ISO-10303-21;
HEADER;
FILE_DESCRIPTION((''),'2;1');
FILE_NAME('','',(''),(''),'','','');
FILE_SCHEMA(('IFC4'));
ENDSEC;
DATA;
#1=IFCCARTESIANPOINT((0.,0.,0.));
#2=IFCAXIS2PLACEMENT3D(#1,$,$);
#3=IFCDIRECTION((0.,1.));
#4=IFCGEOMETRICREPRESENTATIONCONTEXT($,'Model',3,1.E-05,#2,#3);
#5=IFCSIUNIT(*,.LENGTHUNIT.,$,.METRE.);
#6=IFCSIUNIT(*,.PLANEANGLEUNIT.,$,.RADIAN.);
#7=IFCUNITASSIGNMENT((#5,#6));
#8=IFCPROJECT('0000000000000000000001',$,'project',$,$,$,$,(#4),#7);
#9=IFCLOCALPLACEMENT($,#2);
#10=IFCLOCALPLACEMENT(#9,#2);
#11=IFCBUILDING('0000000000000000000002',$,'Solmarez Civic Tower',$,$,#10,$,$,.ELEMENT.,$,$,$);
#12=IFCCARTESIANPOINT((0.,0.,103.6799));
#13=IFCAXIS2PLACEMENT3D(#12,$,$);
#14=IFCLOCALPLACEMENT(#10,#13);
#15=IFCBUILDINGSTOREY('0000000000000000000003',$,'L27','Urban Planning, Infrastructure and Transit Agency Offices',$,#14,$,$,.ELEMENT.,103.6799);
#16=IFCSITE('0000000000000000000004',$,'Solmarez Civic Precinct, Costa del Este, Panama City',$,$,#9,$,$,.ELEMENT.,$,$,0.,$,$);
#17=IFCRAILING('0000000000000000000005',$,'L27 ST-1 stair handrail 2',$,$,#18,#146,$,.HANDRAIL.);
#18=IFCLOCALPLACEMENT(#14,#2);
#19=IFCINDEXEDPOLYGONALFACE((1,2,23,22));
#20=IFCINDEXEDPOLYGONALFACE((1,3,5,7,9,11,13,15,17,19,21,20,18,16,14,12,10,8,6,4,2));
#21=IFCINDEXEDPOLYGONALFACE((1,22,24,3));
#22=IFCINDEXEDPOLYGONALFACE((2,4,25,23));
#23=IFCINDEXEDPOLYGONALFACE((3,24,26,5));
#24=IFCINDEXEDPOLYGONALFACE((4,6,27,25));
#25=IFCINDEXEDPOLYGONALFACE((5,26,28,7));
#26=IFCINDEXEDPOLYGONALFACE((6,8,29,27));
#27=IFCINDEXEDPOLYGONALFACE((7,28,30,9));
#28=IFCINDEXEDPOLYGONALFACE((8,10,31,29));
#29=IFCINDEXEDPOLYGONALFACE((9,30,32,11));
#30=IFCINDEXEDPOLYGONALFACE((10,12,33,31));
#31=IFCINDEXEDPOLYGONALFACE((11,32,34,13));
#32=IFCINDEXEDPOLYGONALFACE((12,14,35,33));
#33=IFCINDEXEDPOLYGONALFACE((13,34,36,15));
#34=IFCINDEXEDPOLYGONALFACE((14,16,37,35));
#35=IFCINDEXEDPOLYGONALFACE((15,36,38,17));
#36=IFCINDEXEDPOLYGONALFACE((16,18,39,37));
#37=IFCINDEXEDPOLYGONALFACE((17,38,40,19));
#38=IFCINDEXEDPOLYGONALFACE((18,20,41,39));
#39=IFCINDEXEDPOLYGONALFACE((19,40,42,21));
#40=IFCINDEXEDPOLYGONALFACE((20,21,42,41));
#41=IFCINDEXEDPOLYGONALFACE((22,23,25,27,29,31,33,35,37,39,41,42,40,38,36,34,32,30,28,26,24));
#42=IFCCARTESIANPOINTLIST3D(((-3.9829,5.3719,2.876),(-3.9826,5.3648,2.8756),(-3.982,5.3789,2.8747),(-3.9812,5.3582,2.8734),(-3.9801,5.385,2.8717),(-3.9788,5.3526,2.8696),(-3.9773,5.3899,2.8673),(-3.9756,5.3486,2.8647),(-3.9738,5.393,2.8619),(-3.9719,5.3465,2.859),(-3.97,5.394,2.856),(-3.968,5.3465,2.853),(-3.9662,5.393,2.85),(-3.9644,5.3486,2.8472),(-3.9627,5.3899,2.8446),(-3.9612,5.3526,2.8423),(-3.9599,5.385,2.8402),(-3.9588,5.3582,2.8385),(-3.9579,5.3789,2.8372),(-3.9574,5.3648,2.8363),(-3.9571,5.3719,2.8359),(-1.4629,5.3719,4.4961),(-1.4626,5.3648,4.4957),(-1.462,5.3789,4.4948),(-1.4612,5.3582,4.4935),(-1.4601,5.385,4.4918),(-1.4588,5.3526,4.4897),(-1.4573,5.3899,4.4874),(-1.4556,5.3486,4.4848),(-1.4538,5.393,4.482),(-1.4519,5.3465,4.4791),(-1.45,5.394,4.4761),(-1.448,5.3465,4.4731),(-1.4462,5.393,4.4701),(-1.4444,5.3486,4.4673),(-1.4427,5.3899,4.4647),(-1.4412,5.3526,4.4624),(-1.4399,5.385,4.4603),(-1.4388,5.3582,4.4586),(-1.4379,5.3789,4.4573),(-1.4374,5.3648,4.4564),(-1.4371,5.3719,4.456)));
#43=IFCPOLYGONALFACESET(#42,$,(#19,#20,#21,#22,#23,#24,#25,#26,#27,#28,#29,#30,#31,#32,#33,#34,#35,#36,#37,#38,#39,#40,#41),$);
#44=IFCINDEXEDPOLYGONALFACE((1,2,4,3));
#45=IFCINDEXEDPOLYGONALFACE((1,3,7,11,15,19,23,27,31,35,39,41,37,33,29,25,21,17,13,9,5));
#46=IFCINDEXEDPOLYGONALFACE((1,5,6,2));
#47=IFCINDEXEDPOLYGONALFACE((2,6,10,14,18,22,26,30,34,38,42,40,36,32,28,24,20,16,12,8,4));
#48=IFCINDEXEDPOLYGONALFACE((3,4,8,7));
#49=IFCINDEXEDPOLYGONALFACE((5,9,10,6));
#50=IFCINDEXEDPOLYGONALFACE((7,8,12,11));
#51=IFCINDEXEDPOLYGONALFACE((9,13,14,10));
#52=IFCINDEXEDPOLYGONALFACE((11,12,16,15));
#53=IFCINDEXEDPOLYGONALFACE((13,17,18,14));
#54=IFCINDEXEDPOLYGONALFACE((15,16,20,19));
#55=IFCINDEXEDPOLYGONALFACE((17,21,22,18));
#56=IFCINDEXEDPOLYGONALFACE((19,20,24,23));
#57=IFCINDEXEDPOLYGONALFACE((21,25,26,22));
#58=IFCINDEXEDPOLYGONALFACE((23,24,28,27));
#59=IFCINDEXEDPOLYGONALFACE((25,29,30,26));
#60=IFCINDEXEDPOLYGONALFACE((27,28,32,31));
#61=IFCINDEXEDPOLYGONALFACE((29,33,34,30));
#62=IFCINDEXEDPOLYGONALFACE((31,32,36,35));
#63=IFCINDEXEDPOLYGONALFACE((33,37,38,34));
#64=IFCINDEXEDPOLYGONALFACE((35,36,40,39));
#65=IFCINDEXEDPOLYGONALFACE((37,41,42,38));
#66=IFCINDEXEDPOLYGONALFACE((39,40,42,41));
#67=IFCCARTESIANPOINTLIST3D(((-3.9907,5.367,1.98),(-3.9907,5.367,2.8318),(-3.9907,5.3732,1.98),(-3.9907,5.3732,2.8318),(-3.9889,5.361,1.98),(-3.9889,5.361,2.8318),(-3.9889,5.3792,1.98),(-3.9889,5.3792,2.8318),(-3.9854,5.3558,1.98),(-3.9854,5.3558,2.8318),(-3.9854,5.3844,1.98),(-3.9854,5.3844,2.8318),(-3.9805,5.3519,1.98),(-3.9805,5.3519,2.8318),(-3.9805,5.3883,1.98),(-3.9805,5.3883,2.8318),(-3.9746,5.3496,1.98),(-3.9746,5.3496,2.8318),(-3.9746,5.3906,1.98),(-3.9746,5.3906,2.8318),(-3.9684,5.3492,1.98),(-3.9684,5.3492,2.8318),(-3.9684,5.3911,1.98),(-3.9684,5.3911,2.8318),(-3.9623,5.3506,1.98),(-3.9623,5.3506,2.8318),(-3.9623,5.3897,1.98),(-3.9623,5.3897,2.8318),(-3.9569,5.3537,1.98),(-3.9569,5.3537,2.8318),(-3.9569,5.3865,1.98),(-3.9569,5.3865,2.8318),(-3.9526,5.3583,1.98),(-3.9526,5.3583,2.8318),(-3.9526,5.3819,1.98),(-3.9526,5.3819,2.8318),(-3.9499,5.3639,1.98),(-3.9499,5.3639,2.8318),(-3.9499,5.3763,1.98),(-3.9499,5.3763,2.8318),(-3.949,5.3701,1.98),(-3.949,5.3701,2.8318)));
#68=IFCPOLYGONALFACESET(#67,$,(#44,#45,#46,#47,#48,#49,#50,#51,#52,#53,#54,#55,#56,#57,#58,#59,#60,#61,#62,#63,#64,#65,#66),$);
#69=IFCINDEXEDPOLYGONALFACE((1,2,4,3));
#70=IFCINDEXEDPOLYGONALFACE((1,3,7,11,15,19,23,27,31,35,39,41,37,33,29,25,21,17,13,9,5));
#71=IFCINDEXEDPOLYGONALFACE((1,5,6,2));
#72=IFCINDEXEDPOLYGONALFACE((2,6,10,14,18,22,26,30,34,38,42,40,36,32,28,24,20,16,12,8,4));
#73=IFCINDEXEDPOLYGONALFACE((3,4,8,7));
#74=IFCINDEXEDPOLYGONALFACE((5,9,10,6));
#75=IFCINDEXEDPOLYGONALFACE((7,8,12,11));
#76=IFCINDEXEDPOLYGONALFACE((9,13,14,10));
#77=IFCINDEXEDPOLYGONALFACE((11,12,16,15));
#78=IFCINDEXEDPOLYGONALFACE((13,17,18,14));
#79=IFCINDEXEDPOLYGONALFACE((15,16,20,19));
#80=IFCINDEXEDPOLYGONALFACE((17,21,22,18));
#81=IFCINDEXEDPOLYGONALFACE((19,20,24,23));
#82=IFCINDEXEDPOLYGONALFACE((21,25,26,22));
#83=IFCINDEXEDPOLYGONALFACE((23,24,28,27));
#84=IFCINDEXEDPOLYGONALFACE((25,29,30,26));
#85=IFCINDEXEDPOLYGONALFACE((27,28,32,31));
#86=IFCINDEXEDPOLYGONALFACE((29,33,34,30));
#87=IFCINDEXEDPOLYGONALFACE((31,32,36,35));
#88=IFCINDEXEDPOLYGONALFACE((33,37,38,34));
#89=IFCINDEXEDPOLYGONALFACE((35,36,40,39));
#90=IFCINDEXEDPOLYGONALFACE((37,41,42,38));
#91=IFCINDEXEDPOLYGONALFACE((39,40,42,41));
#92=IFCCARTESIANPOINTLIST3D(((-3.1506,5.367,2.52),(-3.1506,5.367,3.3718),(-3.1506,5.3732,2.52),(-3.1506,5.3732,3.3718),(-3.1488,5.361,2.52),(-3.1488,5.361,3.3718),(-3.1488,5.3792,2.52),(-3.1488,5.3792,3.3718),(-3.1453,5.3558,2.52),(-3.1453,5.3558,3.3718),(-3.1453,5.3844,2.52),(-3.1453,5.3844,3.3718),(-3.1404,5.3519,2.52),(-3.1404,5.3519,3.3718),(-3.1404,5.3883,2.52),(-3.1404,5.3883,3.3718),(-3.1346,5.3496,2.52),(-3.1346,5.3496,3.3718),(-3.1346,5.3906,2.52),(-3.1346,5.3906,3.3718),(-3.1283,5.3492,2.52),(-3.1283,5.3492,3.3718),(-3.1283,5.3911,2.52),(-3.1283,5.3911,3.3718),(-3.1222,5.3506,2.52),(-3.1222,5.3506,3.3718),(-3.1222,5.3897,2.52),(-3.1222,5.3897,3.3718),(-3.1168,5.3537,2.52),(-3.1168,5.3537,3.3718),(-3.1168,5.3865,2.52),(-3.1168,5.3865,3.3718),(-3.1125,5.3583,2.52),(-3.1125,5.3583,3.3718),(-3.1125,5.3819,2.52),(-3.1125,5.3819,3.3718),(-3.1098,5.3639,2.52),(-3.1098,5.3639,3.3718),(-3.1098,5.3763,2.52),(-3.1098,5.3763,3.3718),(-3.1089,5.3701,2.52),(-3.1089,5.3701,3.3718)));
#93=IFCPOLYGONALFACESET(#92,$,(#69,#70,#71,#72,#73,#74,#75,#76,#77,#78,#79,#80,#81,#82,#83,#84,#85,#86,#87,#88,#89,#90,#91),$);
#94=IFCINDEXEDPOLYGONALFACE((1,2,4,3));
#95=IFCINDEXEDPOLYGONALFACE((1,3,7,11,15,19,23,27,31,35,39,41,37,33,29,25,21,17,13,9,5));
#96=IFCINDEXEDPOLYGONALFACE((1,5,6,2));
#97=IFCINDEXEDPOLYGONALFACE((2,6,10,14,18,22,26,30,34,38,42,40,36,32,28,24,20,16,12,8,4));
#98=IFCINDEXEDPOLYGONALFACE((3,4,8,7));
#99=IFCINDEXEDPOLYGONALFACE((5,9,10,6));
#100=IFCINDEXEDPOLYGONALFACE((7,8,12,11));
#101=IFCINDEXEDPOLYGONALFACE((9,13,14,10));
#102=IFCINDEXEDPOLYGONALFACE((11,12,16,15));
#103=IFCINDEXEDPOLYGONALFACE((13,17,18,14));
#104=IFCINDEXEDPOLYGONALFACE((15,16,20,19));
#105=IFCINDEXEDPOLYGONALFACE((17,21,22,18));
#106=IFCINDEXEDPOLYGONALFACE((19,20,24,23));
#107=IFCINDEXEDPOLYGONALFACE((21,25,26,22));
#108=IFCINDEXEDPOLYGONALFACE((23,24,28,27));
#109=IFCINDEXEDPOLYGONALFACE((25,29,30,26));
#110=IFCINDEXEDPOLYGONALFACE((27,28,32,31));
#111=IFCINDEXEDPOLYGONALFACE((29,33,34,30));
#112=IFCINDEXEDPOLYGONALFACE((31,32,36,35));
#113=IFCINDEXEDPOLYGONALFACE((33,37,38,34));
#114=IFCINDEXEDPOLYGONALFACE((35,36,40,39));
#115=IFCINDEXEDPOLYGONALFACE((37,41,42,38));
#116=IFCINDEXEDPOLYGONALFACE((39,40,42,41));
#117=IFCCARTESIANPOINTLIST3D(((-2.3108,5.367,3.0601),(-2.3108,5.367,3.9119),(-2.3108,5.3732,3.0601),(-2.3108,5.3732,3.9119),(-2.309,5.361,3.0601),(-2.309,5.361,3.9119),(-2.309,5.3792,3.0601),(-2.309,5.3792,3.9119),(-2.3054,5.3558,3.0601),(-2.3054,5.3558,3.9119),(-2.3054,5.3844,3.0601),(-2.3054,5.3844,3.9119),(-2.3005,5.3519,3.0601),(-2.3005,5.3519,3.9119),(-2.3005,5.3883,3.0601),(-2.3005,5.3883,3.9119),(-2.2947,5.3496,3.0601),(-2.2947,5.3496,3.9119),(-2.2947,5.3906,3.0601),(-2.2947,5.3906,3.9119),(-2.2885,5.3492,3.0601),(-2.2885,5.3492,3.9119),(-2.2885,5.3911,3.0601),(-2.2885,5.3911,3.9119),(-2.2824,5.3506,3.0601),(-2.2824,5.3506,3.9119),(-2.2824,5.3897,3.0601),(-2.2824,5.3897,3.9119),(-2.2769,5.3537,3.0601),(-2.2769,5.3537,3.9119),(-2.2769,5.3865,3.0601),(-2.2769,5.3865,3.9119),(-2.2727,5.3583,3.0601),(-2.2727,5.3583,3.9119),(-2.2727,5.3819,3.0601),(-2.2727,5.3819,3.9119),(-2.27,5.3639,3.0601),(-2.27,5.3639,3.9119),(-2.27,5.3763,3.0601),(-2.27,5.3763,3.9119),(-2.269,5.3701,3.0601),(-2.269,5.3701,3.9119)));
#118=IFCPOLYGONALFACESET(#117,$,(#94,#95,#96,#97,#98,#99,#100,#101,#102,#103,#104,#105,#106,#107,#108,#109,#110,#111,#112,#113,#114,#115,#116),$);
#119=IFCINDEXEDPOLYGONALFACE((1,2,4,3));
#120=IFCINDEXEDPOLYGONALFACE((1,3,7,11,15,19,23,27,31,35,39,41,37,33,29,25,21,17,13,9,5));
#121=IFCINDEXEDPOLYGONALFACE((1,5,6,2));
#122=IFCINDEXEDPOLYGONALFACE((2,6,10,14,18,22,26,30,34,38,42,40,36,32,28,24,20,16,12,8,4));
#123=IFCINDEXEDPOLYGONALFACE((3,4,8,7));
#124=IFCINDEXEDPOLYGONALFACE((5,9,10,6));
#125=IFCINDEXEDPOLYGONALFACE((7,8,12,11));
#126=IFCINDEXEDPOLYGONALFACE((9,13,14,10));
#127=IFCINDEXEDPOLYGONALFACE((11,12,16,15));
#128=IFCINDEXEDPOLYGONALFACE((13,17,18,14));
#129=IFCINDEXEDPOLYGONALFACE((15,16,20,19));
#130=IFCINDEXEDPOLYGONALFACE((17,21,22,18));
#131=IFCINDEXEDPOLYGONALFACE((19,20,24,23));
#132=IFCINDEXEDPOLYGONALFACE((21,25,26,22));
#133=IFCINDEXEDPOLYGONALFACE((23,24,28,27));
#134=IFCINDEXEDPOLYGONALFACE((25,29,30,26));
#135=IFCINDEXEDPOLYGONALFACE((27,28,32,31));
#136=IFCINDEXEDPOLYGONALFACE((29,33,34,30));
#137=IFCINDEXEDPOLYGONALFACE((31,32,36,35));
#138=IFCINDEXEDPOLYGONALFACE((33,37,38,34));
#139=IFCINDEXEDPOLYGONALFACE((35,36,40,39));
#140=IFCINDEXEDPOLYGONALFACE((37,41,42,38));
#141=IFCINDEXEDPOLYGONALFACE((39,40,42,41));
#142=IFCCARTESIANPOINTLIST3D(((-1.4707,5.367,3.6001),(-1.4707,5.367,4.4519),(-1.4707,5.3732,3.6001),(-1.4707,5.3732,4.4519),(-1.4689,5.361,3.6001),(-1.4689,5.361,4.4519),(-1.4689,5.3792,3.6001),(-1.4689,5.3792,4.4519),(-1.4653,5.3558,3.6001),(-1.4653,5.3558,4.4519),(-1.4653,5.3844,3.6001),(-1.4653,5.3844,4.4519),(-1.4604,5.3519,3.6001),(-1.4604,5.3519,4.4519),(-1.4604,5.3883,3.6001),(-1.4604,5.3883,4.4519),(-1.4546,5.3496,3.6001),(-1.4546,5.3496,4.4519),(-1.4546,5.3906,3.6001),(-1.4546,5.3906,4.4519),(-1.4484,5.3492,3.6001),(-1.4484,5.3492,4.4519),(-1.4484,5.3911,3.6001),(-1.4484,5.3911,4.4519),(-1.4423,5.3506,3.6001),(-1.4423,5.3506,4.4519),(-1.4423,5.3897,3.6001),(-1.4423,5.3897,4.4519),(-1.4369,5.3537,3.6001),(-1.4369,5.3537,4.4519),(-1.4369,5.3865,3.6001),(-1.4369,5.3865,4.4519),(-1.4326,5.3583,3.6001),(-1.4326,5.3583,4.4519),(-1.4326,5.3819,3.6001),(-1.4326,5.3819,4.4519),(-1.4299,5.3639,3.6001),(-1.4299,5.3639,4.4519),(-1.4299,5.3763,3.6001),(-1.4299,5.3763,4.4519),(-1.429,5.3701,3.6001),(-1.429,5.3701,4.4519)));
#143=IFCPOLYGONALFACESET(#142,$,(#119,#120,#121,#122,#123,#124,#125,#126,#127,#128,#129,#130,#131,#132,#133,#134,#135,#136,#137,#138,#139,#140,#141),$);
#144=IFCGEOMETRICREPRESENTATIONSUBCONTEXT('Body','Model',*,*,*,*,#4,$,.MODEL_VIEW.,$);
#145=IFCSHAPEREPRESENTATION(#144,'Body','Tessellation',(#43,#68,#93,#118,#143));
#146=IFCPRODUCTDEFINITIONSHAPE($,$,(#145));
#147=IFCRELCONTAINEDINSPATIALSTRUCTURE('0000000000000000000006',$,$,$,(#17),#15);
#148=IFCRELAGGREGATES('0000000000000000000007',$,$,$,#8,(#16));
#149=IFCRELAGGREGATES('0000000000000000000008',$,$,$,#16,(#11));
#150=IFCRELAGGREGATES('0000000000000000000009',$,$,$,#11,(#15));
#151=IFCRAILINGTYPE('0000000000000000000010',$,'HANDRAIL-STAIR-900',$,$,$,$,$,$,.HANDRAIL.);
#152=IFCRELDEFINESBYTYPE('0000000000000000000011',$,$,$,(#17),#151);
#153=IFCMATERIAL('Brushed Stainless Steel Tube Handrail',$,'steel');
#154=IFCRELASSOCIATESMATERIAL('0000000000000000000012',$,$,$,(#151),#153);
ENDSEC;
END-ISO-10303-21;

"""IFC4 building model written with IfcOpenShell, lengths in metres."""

from ifc_helpers import new_model, si_unit, direction, frame, origin, origin_2d, place, context, subcontext, project, spatial, circle, extrude, material, type_object, element, save


model = new_model("IFC4")

# Units and contexts
model_context = context("Model", 3, precision=1e-05, world=origin(), true_north=direction((0.0, 1.0)))
body_context = subcontext(model_context, "Body", "Model", "MODEL_VIEW")
ifc_project = project(units=[si_unit("LENGTHUNIT", "METRE"), si_unit("PLANEANGLEUNIT", "RADIAN")], contexts=[model_context])

# Site, building, storey
site_placement = place(None, origin())
site = spatial("IfcSite", under=ifc_project, at=site_placement, Name="Solmarez Civic Precinct, Costa del Este, Panama City", CompositionType="ELEMENT", RefElevation=0.0)
building_placement = place(site_placement, origin())
building = spatial("IfcBuilding", under=site, at=building_placement, Name="Solmarez Civic Tower", CompositionType="ELEMENT")
storey_placement = place(building_placement, frame((0.0, 0.0, 103.6799)))
storey = spatial("IfcBuildingStorey", under=building, at=storey_placement, Name="L27", Description="Urban Planning, Infrastructure and Transit Agency Offices", CompositionType="ELEMENT", Elevation=103.6799)

# Railing
ifc_material_1 = material(Name="Brushed Stainless Steel Tube Handrail", Category="steel")
railing_type_1 = type_object("IfcRailingType", Name="HANDRAIL-STAIR-900", PredefinedType="HANDRAIL", material=ifc_material_1)
railing_1_placement = place(storey_placement, frame((-3.97, 5.3701, 1.98)))
element("IfcRailing", 1, at=railing_1_placement, inside=storey, type_object=railing_type_1, Name="L27 ST-1 stair handrail 2", PredefinedType="HANDRAIL", context=body_context, shape_type="SweptSolid", body=[
    extrude(circle(Radius=0.0239, at=origin_2d()), frame((0.0, 0.0, 0.876), z_axis=(0.841163, 0.0, 0.540782), x_axis=(0.0, 1.0, 0.0)), (0.0, 0.0, 1.0), 2.9958),
    extrude(circle(Radius=0.021, at=origin_2d()), origin(), (0.0, 0.0, 1.0), 0.8518),
    extrude(circle(Radius=0.021, at=origin_2d()), frame((0.8401, 0.0, 0.54)), (0.0, 0.0, 1.0), 0.8518),
    extrude(circle(Radius=0.021, at=origin_2d()), frame((1.6799, 0.0, 1.0801)), (0.0, 0.0, 1.0), 0.8518),
    extrude(circle(Radius=0.021, at=origin_2d()), frame((2.52, 0.0, 1.6201)), (0.0, 0.0, 1.0), 0.8518),
])

save(model, "model.ifc")
